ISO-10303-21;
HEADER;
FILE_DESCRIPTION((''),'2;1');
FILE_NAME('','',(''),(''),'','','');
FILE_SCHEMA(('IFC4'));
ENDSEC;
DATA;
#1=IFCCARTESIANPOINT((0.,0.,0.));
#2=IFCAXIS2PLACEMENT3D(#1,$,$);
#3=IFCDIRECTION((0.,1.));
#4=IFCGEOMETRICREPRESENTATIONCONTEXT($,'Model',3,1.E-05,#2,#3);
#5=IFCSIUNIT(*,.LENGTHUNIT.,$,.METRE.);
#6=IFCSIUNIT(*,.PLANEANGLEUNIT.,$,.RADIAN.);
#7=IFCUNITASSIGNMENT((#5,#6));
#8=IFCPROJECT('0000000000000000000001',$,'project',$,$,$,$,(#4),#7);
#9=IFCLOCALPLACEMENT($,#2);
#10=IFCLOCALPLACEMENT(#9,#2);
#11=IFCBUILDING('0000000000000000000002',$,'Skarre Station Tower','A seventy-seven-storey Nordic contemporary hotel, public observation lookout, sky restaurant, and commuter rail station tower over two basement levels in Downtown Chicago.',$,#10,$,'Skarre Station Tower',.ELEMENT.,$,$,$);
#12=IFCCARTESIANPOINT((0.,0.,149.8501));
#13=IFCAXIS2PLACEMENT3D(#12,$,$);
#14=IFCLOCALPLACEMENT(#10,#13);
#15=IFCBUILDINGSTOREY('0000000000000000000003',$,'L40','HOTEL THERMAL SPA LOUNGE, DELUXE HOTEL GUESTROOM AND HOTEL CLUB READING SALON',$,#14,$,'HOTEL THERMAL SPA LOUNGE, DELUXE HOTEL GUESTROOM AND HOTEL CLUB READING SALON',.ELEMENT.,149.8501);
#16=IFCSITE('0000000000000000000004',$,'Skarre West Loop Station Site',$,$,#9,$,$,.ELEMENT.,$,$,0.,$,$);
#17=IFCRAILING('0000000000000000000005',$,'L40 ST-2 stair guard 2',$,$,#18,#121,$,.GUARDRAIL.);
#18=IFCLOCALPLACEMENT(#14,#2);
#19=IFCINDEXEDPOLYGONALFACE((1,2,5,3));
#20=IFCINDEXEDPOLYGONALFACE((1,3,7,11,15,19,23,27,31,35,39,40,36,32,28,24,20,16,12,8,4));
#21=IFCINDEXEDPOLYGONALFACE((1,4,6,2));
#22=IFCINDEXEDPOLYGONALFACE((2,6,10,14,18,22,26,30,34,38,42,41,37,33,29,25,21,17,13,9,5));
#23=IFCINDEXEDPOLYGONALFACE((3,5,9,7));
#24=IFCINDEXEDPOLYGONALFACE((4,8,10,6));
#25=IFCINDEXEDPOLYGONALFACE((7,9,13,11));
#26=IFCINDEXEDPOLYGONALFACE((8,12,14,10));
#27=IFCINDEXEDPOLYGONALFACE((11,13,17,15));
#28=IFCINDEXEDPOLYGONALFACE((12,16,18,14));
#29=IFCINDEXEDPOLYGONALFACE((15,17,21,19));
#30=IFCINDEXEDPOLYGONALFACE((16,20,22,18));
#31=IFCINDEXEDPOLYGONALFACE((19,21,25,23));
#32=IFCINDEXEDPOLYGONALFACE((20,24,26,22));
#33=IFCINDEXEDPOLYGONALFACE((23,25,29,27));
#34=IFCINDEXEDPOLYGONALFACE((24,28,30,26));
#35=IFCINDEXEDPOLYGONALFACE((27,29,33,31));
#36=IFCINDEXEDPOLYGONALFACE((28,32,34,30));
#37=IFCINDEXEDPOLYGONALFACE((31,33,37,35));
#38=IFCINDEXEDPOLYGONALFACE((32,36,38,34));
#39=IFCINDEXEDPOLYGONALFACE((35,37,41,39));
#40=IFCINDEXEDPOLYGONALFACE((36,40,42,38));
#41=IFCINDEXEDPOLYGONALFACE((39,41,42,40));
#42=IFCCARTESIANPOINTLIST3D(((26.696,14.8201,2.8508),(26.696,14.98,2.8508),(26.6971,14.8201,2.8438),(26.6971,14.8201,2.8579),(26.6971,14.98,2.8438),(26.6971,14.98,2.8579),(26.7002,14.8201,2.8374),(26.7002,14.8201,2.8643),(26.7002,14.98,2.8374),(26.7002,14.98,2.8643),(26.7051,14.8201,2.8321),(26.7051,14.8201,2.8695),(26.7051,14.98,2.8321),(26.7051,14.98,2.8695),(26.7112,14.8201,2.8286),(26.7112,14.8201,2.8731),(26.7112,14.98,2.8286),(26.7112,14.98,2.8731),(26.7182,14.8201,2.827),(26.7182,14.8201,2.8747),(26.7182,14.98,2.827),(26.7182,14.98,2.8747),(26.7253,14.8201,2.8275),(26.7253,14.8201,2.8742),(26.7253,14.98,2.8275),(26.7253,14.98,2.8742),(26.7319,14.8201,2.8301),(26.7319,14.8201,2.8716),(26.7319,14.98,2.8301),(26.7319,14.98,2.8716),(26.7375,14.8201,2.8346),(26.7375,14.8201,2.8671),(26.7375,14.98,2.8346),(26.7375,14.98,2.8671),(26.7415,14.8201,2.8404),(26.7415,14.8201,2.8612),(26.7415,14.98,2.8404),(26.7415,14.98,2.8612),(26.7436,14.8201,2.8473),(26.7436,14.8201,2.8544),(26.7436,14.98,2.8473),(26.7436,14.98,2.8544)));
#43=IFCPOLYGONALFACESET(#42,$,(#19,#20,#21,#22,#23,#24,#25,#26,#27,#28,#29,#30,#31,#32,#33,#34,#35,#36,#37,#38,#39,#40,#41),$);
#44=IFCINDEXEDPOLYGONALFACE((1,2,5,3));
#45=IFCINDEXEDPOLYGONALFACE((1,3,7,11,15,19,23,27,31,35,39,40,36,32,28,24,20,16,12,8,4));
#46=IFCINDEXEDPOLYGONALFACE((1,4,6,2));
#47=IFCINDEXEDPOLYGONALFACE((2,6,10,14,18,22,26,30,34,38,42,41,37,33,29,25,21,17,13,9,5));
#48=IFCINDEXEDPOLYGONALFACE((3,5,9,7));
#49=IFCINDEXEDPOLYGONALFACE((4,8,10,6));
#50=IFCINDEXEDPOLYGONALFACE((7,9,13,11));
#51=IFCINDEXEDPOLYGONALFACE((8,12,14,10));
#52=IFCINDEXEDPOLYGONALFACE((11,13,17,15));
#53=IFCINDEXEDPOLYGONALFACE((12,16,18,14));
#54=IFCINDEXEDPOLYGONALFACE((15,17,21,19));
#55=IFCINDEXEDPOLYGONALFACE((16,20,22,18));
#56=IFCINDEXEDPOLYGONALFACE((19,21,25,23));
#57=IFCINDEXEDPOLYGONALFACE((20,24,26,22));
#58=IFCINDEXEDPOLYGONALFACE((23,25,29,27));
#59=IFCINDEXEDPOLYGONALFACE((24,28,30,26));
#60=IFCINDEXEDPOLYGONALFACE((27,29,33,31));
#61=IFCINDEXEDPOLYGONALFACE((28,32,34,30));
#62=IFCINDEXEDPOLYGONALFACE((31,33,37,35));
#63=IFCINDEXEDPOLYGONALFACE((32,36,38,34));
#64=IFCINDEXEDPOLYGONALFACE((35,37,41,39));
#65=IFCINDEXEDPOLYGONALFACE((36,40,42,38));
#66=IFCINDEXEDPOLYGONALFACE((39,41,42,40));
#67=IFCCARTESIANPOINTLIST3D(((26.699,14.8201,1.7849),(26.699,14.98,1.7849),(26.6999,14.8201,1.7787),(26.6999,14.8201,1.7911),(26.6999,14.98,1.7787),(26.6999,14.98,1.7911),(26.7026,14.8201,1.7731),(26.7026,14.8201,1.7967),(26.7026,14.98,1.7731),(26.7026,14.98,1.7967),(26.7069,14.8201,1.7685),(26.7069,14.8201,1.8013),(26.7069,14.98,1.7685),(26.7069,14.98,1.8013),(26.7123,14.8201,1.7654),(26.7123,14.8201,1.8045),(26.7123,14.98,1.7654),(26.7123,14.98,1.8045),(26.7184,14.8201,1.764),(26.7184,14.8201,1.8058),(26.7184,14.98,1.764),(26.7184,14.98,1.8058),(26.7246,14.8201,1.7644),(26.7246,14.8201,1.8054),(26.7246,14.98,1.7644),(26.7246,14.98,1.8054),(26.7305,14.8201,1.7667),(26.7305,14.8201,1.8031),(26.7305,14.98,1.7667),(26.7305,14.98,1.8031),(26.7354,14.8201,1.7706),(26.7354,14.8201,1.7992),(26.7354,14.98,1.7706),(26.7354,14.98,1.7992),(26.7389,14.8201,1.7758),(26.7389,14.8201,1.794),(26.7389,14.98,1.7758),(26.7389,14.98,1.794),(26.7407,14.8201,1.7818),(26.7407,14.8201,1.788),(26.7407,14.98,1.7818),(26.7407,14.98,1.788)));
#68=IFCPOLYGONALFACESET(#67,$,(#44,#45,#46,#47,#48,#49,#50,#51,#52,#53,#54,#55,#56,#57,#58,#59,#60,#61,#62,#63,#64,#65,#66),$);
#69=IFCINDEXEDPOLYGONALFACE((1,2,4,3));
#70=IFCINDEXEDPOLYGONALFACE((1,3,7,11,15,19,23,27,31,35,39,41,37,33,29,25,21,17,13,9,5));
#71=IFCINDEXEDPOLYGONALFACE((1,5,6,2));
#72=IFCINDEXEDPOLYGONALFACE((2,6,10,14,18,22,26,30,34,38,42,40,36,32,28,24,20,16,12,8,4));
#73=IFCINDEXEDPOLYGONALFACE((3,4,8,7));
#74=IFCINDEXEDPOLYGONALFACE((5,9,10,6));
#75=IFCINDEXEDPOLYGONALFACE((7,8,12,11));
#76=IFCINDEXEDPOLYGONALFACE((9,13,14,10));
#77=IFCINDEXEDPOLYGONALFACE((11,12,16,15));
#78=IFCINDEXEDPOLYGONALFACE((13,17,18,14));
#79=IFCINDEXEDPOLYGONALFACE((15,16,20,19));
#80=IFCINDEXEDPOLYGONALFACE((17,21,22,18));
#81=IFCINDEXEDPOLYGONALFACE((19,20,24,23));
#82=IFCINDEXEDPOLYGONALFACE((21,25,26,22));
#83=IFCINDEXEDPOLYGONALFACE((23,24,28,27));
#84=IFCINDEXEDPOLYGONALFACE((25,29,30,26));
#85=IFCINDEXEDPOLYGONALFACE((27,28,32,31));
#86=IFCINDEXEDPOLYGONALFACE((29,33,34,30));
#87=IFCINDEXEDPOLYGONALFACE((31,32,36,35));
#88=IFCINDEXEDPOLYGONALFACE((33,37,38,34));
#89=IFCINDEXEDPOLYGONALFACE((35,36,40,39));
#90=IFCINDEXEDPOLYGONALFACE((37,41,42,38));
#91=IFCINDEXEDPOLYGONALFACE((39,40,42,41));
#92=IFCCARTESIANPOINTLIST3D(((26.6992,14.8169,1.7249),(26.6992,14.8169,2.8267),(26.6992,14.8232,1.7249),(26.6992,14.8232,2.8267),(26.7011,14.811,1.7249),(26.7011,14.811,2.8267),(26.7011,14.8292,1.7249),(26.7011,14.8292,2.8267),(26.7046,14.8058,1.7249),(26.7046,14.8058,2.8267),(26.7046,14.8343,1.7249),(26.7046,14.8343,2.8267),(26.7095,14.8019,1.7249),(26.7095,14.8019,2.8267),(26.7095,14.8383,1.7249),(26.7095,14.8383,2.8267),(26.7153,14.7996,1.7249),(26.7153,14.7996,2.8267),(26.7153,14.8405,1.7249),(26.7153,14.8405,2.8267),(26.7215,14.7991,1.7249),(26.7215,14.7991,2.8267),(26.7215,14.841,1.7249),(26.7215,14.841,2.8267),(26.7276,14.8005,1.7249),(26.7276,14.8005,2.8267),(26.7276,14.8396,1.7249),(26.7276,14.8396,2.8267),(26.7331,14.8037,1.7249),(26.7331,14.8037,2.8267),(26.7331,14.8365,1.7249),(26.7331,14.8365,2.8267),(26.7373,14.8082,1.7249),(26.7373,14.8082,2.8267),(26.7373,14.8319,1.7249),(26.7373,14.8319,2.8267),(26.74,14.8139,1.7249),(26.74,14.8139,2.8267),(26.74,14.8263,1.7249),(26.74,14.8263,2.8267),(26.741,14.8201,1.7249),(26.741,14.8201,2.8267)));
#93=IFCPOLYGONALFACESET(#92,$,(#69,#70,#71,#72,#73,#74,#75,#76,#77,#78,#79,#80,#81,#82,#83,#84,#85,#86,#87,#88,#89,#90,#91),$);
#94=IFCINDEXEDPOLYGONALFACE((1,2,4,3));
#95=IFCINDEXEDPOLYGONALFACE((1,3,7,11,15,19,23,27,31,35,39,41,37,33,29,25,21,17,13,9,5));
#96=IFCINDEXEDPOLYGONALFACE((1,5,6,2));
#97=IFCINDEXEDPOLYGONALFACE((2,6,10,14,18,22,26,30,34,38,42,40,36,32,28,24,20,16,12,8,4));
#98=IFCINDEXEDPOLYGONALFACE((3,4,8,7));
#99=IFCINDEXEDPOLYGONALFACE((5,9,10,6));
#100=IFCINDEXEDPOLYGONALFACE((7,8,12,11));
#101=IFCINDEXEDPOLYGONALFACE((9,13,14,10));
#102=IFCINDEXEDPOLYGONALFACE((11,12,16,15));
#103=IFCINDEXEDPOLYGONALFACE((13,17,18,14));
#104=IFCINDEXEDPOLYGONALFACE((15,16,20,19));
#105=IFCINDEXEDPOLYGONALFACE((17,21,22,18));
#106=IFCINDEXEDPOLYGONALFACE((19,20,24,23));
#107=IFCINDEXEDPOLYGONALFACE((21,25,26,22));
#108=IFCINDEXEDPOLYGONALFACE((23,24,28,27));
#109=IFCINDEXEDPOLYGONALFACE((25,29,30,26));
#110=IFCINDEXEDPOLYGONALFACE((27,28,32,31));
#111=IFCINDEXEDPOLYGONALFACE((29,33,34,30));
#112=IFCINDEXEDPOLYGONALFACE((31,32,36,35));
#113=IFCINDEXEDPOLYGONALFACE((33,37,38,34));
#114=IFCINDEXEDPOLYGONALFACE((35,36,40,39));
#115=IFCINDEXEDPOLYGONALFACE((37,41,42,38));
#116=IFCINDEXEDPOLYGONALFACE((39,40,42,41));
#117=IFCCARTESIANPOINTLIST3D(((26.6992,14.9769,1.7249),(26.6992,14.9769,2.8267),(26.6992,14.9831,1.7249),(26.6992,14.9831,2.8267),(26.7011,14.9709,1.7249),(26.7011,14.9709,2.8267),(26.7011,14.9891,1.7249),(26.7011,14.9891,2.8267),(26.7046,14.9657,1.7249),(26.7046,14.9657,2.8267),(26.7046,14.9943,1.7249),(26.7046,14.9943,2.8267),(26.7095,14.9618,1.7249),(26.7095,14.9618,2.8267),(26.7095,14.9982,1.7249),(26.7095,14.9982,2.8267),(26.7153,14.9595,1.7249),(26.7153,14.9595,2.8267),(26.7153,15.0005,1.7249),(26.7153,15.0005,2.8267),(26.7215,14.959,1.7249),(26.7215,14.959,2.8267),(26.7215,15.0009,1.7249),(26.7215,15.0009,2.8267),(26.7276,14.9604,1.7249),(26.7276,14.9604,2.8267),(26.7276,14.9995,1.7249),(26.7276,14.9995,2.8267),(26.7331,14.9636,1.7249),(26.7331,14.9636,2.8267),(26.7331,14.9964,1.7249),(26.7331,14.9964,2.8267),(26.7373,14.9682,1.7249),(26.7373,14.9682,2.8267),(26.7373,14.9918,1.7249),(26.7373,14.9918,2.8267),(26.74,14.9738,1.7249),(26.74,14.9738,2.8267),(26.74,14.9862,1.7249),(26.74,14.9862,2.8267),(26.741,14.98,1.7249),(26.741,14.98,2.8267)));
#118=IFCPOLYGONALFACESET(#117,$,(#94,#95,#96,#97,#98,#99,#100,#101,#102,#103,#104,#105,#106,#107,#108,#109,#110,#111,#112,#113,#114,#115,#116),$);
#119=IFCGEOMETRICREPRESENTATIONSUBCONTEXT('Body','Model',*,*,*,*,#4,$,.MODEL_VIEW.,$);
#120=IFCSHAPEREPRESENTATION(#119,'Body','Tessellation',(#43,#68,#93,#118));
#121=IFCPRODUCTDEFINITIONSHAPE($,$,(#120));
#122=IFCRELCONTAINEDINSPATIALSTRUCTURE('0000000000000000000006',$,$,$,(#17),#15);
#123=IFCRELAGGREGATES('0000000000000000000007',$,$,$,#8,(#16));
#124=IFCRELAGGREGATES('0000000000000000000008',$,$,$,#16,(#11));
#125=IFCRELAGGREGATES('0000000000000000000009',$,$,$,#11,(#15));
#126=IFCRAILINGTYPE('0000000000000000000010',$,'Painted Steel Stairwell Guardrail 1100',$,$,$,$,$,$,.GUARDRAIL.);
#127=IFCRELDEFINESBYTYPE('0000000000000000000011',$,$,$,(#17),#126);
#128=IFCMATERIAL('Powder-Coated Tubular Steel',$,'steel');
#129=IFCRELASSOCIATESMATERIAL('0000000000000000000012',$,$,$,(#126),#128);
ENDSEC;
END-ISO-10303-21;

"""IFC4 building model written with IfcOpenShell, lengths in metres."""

from ifc_helpers import new_model, si_unit, direction, frame, origin, origin_2d, place, context, subcontext, project, spatial, circle, extrude, material, type_object, element, save


model = new_model("IFC4")

# Units and contexts
model_context = context("Model", 3, precision=1e-05, world=origin(), true_north=direction((0.0, 1.0)))
body_context = subcontext(model_context, "Body", "Model", "MODEL_VIEW")
ifc_project = project(units=[si_unit("LENGTHUNIT", "METRE"), si_unit("PLANEANGLEUNIT", "RADIAN")], contexts=[model_context])

# Site, building, storey
site_placement = place(None, origin())
site = spatial("IfcSite", under=ifc_project, at=site_placement, Name="Skarre West Loop Station Site", CompositionType="ELEMENT", RefElevation=0.0)
building_placement = place(site_placement, origin())
building = spatial("IfcBuilding", under=site, at=building_placement, Name="Skarre Station Tower", Description="A seventy-seven-storey Nordic contemporary hotel, public observation lookout, sky restaurant, and commuter rail station tower over two basement levels in Downtown Chicago.", LongName="Skarre Station Tower", CompositionType="ELEMENT")
storey_placement = place(building_placement, frame((0.0, 0.0, 149.8501)))
storey = spatial("IfcBuildingStorey", under=building, at=storey_placement, Name="L40", Description="HOTEL THERMAL SPA LOUNGE, DELUXE HOTEL GUESTROOM AND HOTEL CLUB READING SALON", LongName="HOTEL THERMAL SPA LOUNGE, DELUXE HOTEL GUESTROOM AND HOTEL CLUB READING SALON", CompositionType="ELEMENT", Elevation=149.8501)

# Railing
ifc_material_1 = material(Name="Powder-Coated Tubular Steel", Category="steel")
railing_type_1 = type_object("IfcRailingType", Name="Painted Steel Stairwell Guardrail 1100", PredefinedType="GUARDRAIL", material=ifc_material_1)
railing_1_placement = place(storey_placement, frame((26.72, 14.8201, 1.7249)))
element("IfcRailing", 1, at=railing_1_placement, inside=storey, type_object=railing_type_1, Name="L40 ST-2 stair guard 2", PredefinedType="GUARDRAIL", context=body_context, shape_type="SweptSolid", body=[
    extrude(circle(Radius=0.0239, at=origin_2d()), frame((0.0, 0.0, 1.126), z_axis=(0.0, 1.0, 0.0), x_axis=(-1.0, 0.0, 0.0)), (0.0, 0.0, 1.0), 0.1599),
    extrude(circle(Radius=0.021, at=origin_2d()), frame((0.0, 0.0, 0.0601), z_axis=(0.0, 1.0, 0.0), x_axis=(-1.0, 0.0, 0.0)), (0.0, 0.0, 1.0), 0.1599),
    extrude(circle(Radius=0.021, at=origin_2d()), origin(), (0.0, 0.0, 1.0), 1.1018),
    extrude(circle(Radius=0.021, at=origin_2d()), frame((0.0, 0.1599, 0.0)), (0.0, 0.0, 1.0), 1.1018),
])

save(model, "model.ifc")
